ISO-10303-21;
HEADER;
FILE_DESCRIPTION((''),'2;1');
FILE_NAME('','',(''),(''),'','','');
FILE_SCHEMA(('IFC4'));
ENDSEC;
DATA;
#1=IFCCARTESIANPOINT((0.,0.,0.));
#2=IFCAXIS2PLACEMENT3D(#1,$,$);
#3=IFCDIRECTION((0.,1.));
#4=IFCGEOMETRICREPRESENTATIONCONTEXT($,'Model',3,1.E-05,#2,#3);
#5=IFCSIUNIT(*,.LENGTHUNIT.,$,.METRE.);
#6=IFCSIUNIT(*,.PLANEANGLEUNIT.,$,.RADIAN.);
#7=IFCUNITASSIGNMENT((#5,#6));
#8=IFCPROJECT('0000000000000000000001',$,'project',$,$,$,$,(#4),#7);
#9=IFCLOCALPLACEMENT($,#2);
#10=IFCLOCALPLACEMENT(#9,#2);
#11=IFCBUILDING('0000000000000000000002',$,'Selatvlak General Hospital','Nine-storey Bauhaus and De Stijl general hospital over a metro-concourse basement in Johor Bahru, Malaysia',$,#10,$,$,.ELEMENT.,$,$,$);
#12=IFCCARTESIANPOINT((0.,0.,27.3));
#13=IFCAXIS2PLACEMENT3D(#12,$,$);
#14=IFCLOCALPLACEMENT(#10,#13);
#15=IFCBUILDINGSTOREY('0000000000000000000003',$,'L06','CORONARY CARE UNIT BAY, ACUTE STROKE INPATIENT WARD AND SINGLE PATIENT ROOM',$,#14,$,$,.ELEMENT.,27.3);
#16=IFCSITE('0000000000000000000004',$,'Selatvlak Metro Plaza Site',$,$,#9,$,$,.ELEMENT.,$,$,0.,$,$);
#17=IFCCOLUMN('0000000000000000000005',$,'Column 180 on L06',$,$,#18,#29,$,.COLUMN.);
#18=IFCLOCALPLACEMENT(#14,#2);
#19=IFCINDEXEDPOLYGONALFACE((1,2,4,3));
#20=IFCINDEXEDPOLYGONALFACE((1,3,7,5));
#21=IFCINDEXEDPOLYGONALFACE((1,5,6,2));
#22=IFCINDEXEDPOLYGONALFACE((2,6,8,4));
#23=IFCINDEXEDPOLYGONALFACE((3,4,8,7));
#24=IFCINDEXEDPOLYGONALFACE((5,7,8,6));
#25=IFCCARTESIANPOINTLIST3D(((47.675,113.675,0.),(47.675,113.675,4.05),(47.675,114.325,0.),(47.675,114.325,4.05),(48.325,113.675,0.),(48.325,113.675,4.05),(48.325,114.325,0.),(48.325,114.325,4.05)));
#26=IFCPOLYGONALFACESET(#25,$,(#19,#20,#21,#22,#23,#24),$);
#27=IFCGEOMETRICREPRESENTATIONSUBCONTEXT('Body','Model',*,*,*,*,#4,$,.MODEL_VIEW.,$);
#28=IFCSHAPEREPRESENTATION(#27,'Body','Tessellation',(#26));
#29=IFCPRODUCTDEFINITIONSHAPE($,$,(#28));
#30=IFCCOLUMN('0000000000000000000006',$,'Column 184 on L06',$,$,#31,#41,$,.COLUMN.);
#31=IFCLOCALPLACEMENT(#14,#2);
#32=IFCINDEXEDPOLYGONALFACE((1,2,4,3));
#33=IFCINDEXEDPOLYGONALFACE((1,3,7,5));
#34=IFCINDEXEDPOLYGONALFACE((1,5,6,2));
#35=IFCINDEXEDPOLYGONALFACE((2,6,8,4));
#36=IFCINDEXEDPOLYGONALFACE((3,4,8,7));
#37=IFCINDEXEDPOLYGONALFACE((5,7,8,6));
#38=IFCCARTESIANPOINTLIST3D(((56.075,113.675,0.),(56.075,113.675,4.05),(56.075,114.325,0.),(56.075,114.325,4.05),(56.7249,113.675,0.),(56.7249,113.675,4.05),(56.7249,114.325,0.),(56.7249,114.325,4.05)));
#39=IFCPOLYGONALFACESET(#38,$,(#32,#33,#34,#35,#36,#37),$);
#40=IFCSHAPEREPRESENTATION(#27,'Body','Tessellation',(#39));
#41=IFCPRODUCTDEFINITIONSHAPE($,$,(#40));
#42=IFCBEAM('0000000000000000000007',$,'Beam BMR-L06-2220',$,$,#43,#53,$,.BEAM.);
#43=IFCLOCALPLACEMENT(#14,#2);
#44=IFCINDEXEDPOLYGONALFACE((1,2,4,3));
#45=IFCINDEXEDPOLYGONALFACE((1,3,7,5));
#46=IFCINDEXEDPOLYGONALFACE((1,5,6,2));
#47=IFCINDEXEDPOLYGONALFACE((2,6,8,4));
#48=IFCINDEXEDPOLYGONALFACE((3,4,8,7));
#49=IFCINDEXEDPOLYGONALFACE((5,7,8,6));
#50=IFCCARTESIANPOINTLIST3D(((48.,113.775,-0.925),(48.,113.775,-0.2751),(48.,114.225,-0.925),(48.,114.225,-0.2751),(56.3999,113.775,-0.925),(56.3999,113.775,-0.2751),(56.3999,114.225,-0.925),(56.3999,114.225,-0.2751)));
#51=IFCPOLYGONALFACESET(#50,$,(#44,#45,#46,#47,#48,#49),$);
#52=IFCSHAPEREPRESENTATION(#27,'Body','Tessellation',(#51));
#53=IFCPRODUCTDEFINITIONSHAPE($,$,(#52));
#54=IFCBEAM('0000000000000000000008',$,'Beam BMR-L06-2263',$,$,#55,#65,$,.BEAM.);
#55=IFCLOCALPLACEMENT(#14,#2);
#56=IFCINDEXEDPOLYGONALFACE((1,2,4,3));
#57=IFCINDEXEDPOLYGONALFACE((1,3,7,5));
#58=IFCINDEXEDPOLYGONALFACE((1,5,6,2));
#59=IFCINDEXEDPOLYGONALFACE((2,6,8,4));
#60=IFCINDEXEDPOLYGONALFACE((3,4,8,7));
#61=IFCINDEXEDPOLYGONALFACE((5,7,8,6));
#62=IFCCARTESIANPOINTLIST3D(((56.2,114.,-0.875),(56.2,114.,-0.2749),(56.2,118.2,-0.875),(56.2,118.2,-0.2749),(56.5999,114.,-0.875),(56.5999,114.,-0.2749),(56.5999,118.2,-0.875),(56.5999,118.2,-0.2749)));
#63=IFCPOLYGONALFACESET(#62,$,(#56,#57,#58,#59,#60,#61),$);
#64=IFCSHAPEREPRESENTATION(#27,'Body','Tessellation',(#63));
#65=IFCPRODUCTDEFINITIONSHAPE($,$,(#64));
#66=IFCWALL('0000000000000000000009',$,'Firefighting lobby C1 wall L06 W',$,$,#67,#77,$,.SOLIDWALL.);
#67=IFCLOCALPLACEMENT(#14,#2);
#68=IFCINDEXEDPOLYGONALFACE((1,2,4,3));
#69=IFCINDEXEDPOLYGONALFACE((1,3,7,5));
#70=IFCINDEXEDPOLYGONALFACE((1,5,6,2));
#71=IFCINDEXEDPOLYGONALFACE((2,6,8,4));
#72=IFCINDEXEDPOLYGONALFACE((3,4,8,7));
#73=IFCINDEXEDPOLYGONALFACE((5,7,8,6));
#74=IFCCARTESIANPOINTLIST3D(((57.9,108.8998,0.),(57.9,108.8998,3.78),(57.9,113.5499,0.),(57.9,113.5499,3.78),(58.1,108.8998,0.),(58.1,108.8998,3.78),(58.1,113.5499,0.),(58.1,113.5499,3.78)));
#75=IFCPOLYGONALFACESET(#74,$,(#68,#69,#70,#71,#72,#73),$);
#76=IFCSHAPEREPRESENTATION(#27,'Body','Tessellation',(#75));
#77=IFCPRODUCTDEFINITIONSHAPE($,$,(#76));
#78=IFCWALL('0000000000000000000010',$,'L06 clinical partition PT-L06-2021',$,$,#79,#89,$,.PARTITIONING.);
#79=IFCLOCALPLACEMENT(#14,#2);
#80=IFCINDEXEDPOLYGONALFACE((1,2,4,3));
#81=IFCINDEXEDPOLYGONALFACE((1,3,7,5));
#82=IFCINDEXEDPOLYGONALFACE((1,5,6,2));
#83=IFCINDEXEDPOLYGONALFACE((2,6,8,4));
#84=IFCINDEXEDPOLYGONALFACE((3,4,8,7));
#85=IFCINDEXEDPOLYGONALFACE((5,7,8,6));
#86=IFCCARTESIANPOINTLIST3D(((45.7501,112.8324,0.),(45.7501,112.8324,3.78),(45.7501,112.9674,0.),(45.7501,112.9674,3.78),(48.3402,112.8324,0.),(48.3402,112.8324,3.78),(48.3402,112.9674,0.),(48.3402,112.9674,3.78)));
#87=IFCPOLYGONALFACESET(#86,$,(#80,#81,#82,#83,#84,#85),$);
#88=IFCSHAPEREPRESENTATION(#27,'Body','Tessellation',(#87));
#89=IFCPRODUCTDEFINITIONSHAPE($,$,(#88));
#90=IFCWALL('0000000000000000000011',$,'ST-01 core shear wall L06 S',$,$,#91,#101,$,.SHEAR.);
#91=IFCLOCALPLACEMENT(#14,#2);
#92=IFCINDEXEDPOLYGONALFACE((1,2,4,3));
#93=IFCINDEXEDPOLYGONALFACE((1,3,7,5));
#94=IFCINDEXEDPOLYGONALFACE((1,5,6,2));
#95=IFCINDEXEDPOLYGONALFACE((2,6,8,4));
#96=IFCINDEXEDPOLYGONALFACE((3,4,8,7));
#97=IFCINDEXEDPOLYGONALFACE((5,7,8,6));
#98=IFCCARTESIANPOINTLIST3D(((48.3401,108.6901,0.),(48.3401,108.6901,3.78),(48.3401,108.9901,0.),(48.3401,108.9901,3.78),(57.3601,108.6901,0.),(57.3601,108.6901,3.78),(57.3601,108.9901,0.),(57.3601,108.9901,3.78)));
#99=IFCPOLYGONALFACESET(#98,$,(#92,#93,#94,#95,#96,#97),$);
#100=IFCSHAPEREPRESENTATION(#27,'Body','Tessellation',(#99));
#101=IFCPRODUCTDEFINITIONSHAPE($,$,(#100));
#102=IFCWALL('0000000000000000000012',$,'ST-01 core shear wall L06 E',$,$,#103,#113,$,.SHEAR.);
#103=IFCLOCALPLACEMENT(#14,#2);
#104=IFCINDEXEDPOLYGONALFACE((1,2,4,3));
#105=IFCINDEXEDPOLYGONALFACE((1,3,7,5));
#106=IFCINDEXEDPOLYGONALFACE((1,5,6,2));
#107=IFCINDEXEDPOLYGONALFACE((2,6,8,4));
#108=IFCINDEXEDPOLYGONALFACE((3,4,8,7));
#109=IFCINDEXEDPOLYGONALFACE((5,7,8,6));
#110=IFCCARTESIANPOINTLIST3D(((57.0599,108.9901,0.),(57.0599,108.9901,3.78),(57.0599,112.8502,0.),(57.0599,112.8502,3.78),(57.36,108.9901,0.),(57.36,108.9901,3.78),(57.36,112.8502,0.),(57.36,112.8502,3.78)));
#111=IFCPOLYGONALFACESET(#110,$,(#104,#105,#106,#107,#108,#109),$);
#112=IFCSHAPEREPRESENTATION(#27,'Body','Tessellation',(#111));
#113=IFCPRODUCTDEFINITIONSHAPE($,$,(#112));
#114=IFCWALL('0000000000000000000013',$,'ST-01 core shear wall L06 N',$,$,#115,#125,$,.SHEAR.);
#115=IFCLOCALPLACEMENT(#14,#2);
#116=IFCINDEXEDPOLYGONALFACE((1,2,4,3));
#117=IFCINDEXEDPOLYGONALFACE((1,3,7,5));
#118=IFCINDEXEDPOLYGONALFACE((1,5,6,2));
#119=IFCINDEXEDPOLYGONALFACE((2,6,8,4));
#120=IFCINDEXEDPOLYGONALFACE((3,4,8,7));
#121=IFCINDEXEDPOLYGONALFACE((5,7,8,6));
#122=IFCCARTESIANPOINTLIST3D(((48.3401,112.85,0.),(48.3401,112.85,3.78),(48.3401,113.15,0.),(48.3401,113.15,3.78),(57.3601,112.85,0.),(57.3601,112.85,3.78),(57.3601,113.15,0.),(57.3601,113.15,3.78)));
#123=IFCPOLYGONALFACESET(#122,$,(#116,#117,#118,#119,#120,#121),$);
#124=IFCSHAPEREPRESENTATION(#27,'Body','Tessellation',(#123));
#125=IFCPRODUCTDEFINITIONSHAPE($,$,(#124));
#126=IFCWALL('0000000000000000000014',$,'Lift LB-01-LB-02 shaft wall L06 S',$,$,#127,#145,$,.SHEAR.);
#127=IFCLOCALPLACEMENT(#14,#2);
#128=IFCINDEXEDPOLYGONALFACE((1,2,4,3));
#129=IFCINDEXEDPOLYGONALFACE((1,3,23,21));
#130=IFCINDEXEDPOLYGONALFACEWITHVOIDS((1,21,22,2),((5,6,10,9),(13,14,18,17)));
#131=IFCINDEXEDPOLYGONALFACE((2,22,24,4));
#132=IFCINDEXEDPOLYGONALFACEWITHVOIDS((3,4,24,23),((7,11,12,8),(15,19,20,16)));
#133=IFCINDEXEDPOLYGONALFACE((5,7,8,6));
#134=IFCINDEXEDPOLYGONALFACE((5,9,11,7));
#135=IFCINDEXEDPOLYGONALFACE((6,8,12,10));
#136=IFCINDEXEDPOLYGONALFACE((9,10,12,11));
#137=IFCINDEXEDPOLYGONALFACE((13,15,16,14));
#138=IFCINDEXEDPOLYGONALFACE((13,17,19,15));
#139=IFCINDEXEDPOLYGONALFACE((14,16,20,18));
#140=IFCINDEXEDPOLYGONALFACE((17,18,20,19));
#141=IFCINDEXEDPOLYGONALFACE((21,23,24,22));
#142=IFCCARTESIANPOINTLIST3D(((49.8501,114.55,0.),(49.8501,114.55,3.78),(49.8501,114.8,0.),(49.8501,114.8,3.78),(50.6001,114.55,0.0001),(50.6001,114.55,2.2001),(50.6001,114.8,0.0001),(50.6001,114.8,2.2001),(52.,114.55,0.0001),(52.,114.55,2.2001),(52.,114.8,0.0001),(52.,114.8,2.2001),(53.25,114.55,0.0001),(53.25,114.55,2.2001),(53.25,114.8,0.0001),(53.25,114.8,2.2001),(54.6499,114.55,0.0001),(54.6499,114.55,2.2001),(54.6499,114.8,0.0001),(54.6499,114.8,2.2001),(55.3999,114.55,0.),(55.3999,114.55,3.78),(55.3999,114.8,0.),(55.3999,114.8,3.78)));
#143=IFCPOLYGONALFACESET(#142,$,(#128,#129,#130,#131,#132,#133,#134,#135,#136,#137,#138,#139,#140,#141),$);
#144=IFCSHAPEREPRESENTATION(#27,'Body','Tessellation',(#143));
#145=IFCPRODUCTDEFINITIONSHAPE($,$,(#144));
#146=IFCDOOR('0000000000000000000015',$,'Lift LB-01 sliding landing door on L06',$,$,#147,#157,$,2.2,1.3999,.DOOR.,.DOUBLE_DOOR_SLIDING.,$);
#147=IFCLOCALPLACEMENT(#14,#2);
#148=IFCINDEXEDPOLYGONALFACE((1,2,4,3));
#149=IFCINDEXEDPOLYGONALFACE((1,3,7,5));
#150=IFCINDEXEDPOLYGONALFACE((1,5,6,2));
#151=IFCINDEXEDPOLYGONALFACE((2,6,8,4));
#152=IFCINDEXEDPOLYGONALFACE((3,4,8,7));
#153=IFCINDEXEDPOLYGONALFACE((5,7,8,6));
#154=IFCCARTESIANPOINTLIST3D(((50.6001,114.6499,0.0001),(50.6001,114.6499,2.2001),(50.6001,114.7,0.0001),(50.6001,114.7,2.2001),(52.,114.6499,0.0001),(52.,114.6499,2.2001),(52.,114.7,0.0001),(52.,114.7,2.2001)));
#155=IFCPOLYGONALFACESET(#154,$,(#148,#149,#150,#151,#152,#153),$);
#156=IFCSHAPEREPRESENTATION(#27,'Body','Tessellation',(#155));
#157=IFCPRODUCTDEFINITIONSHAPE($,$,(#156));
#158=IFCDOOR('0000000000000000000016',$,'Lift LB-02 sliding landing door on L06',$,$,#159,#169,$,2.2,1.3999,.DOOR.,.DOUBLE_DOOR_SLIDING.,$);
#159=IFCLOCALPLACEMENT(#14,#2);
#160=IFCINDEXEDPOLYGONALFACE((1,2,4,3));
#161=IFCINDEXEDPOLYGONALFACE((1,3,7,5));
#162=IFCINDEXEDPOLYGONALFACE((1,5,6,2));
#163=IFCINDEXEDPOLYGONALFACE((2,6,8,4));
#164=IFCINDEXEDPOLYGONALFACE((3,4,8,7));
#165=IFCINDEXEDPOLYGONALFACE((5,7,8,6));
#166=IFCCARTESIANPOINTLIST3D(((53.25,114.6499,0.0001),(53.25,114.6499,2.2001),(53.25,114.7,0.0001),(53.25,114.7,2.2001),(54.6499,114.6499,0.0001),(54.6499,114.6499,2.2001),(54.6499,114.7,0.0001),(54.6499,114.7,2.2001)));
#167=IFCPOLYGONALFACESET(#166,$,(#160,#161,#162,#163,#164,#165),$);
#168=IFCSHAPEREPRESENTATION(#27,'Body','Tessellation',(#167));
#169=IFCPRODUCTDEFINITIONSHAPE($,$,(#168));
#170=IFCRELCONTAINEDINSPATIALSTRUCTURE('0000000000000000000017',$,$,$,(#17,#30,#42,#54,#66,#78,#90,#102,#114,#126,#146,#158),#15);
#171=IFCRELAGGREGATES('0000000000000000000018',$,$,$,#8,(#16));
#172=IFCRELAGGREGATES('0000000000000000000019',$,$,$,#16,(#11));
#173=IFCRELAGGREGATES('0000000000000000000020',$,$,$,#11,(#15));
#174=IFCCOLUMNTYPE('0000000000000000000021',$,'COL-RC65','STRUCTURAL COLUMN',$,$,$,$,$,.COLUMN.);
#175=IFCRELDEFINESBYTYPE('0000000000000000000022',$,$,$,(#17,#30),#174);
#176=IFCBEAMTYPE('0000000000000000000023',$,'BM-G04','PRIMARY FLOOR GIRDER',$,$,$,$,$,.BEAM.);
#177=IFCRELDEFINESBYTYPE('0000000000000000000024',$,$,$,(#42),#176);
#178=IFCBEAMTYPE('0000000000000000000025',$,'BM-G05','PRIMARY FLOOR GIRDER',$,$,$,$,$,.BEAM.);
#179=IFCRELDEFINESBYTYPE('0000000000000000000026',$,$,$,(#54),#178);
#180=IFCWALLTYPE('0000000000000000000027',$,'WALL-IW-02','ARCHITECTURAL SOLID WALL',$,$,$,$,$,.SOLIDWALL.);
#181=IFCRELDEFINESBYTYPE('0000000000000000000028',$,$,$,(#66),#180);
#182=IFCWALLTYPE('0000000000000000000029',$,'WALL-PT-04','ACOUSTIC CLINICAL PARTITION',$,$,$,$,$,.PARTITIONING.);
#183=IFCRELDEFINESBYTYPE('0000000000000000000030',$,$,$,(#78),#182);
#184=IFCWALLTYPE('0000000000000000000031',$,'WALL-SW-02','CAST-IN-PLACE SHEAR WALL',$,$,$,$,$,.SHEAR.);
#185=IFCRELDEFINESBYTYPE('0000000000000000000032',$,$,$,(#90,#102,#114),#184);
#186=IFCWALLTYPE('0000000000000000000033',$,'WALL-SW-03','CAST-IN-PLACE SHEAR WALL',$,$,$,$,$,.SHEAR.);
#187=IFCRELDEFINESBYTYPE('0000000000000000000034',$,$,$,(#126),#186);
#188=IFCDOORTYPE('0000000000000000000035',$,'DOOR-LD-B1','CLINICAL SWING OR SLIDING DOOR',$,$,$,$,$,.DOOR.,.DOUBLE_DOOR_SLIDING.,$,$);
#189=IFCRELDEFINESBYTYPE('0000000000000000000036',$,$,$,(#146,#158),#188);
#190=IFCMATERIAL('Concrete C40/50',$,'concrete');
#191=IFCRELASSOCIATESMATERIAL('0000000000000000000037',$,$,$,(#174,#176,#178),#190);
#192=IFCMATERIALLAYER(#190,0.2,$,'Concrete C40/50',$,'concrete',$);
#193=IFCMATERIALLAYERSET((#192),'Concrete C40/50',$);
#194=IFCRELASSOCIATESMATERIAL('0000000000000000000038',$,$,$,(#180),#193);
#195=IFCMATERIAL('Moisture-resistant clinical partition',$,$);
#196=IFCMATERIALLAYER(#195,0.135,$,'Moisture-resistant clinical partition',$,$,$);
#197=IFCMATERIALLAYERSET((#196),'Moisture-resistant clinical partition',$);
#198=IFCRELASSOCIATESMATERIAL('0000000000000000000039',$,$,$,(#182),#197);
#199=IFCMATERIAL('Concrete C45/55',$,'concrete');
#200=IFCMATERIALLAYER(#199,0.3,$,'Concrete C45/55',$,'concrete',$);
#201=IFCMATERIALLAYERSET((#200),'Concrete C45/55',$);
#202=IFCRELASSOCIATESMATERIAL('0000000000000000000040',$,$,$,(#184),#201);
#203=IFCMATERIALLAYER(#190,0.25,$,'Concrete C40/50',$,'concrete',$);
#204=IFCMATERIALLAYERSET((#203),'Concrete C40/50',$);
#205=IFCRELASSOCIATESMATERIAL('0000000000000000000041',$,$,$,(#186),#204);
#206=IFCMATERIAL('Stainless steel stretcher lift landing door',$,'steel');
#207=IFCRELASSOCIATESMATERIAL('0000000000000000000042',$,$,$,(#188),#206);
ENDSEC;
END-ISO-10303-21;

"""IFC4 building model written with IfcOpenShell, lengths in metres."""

from ifc_helpers import new_model, si_unit, direction, frame, frame_2d, origin, origin_2d, place, context, subcontext, project, spatial, rectangle, extrude, material, layer, layer_set, material_profile, profile_set, type_object, element, fill, save


model = new_model("IFC4")

# Units and contexts
model_context = context("Model", 3, precision=1e-05, world=origin(), true_north=direction((0.0, 1.0)))
body_context = subcontext(model_context, "Body", "Model", "MODEL_VIEW")
ifc_project = project(units=[si_unit("LENGTHUNIT", "METRE"), si_unit("PLANEANGLEUNIT", "RADIAN")], contexts=[model_context])

# Site, building, storey
site_placement = place(None, origin())
site = spatial("IfcSite", under=ifc_project, at=site_placement, Name="Selatvlak Metro Plaza Site", CompositionType="ELEMENT", RefElevation=0.0)
building_placement = place(site_placement, origin())
building = spatial("IfcBuilding", under=site, at=building_placement, Name="Selatvlak General Hospital", Description="Nine-storey Bauhaus and De Stijl general hospital over a metro-concourse basement in Johor Bahru, Malaysia", CompositionType="ELEMENT")
storey_placement = place(building_placement, frame((0.0, 0.0, 27.3)))
storey = spatial("IfcBuildingStorey", under=building, at=storey_placement, Name="L06", Description="CORONARY CARE UNIT BAY, ACUTE STROKE INPATIENT WARD AND SINGLE PATIENT ROOM", CompositionType="ELEMENT", Elevation=27.3)

# Columns
ifc_material_1 = material(Name="Concrete C40/50", Category="concrete")
ifc_material_profile_1 = material_profile(ifc_material_1, rectangle(XDim=0.6499, YDim=0.6499, at=origin_2d()), Name="RC-COL 650x650")
ifc_profile_set_1 = profile_set([ifc_material_profile_1], Name="Concrete C40/50")
column_type = type_object("IfcColumnType", Name="COL-RC65", Description="STRUCTURAL COLUMN", PredefinedType="COLUMN", material=ifc_profile_set_1)
for number, where, z_axis, x_axis, name in (
    (1, (48.0, 114.0, 0.0), (0.0, 0.0, 1.0), (1.0, 0.0, 0.0), "Column 180 on L06"),
    (2, (56.3999, 114.0, 0.0), (0.0, 0.0, 1.0), (1.0, 0.0, 0.0), "Column 184 on L06"),
):
    element("IfcColumn", number, at=place(storey_placement, frame(where, z_axis=z_axis, x_axis=x_axis)), inside=storey, type_object=column_type, Name=name, PredefinedType="COLUMN", context=body_context, shape_type="SweptSolid", body=[
        extrude(rectangle(XDim=0.6499, YDim=0.6499, at=origin_2d()), origin(), (0.0, 0.0, 1.0), 4.05),
    ])

# Beams
ifc_material_profile_2 = material_profile(ifc_material_1, rectangle(XDim=0.45, YDim=0.6499, at=origin_2d()), Name="RC-BM 450x650")
ifc_profile_set_2 = profile_set([ifc_material_profile_2], Name="Concrete C40/50")
beam_type_1 = type_object("IfcBeamType", Name="BM-G04", Description="PRIMARY FLOOR GIRDER", PredefinedType="BEAM", material=ifc_profile_set_2)
beam_1_placement = place(storey_placement, frame((48.0, 114.0, -0.6001), z_axis=(1.0, 0.0, 0.0), x_axis=(0.0, 1.0, 0.0)))
element("IfcBeam", 3, at=beam_1_placement, inside=storey, type_object=beam_type_1, Name="Beam BMR-L06-2220", PredefinedType="BEAM", context=body_context, shape_type="SweptSolid", body=[
    extrude(rectangle(XDim=0.45, YDim=0.6499, at=origin_2d()), origin(), (0.0, 0.0, 1.0), 8.3999),
])
ifc_material_profile_3 = material_profile(ifc_material_1, rectangle(XDim=0.3999, YDim=0.6001, at=origin_2d()), Name="RC-BM 400x600")
ifc_profile_set_3 = profile_set([ifc_material_profile_3], Name="Concrete C40/50")
beam_type_2 = type_object("IfcBeamType", Name="BM-G05", Description="PRIMARY FLOOR GIRDER", PredefinedType="BEAM", material=ifc_profile_set_3)
beam_2_placement = place(storey_placement, frame((56.3999, 114.0, -0.575), z_axis=(0.0, 1.0, 0.0), x_axis=(-1.0, 0.0, 0.0)))
element("IfcBeam", 4, at=beam_2_placement, inside=storey, type_object=beam_type_2, Name="Beam BMR-L06-2263", PredefinedType="BEAM", context=body_context, shape_type="SweptSolid", body=[
    extrude(rectangle(XDim=0.3999, YDim=0.6001, at=origin_2d()), origin(), (0.0, 0.0, 1.0), 4.2),
])

# Shared definitions
ifc_layer_1 = layer(ifc_material_1, 0.2, Name="Concrete C40/50", Category="concrete")
ifc_layer_set_1 = layer_set([ifc_layer_1], Name="Concrete C40/50")
wall_type_1 = type_object("IfcWallType", Name="WALL-IW-02", Description="ARCHITECTURAL SOLID WALL", PredefinedType="SOLIDWALL", material=ifc_layer_set_1)

# Walls
wall_1_placement = place(storey_placement, frame((58.0, 113.55, 0.0), z_axis=(0.0, 0.0, 1.0), x_axis=(0.0, -1.0, 0.0)))
element("IfcWall", 5, at=wall_1_placement, inside=storey, type_object=wall_type_1, Name="Firefighting lobby C1 wall L06 W", PredefinedType="SOLIDWALL", context=body_context, shape_type="SweptSolid", body=[
    extrude(rectangle(XDim=4.6501, YDim=0.2, at=frame_2d((2.3252, 0.0))), origin(), (0.0, 0.0, 1.0), 3.78),
])
ifc_material_2 = material(Name="Moisture-resistant clinical partition")
ifc_layer_2 = layer(ifc_material_2, 0.135, Name="Moisture-resistant clinical partition")
ifc_layer_set_2 = layer_set([ifc_layer_2], Name="Moisture-resistant clinical partition")
wall_type_2 = type_object("IfcWallType", Name="WALL-PT-04", Description="ACOUSTIC CLINICAL PARTITION", PredefinedType="PARTITIONING", material=ifc_layer_set_2)
wall_2_placement = place(storey_placement, frame((48.3401, 112.8999, 0.0), z_axis=(0.0, 0.0, 1.0), x_axis=(-1.0, 0.0, 0.0)))
element("IfcWall", 6, at=wall_2_placement, inside=storey, type_object=wall_type_2, Name="L06 clinical partition PT-L06-2021", PredefinedType="PARTITIONING", context=body_context, shape_type="SweptSolid", body=[
    extrude(rectangle(XDim=2.5901, YDim=0.135, at=frame_2d((1.2949, 0.0))), origin(), (0.0, 0.0, 1.0), 3.78),
])
ifc_material_3 = material(Name="Concrete C45/55", Category="concrete")
ifc_layer_3 = layer(ifc_material_3, 0.3, Name="Concrete C45/55", Category="concrete")
ifc_layer_set_3 = layer_set([ifc_layer_3], Name="Concrete C45/55")
wall_type_3 = type_object("IfcWallType", Name="WALL-SW-02", Description="CAST-IN-PLACE SHEAR WALL", PredefinedType="SHEAR", material=ifc_layer_set_3)
wall_3_placement = place(storey_placement, frame((48.3401, 108.8401, 0.0), z_axis=(0.0, 0.0, 1.0), x_axis=(1.0, 0.0, 0.0)))
element("IfcWall", 7, at=wall_3_placement, inside=storey, type_object=wall_type_3, Name="ST-01 core shear wall L06 S", PredefinedType="SHEAR", context=body_context, shape_type="SweptSolid", body=[
    extrude(rectangle(XDim=9.02, YDim=0.3, at=frame_2d((4.51, 0.0))), origin(), (0.0, 0.0, 1.0), 3.78),
])
wall_4_placement = place(storey_placement, frame((57.21, 108.99, 0.0), z_axis=(0.0, 0.0, 1.0), x_axis=(0.0, 1.0, 0.0)))
element("IfcWall", 8, at=wall_4_placement, inside=storey, type_object=wall_type_3, Name="ST-01 core shear wall L06 E", PredefinedType="SHEAR", context=body_context, shape_type="SweptSolid", body=[
    extrude(rectangle(XDim=3.8601, YDim=0.3, at=frame_2d((1.9302, 0.0))), origin(), (0.0, 0.0, 1.0), 3.78),
])
wall_5_placement = place(storey_placement, frame((57.3601, 113.0, 0.0), z_axis=(0.0, 0.0, 1.0), x_axis=(-1.0, 0.0, 0.0)))
element("IfcWall", 9, at=wall_5_placement, inside=storey, type_object=wall_type_3, Name="ST-01 core shear wall L06 N", PredefinedType="SHEAR", context=body_context, shape_type="SweptSolid", body=[
    extrude(rectangle(XDim=9.02, YDim=0.3, at=frame_2d((4.51, 0.0))), origin(), (0.0, 0.0, 1.0), 3.78),
])

# Shared definitions
ifc_layer_4 = layer(ifc_material_1, 0.25, Name="Concrete C40/50", Category="concrete")
ifc_layer_set_4 = layer_set([ifc_layer_4], Name="Concrete C40/50")
wall_type_4 = type_object("IfcWallType", Name="WALL-SW-03", Description="CAST-IN-PLACE SHEAR WALL", PredefinedType="SHEAR", material=ifc_layer_set_4)

# Wall, openings, doors
wall_6_placement = place(storey_placement, frame((49.8501, 114.675, 0.0), z_axis=(0.0, 0.0, 1.0), x_axis=(1.0, 0.0, 0.0)))
wall_6 = element("IfcWall", 10, at=wall_6_placement, inside=storey, type_object=wall_type_4, Name="Lift LB-01-LB-02 shaft wall L06 S", PredefinedType="SHEAR", context=body_context, shape_type="SweptSolid", body=[
    extrude(rectangle(XDim=5.5498, YDim=0.25, at=frame_2d((2.7749, 0.0))), origin(), (0.0, 0.0, 1.0), 3.78),
])
opening_1_placement = place(wall_6_placement, frame((0.75, 0.0, 0.0)))
opening_1 = element("IfcOpeningElement", 11, at=opening_1_placement, cuts=wall_6, PredefinedType="OPENING", context=body_context, shape_type="SweptSolid", body=[
    extrude(rectangle(XDim=1.3999, YDim=2.2, at=frame_2d((0.7, 1.1001))), frame((0.0, 0.135, 0.0), z_axis=(0.0, -1.0, 0.0), x_axis=(1.0, 0.0, 0.0)), (0.0, 0.0, 1.0), 0.27),
])
opening_2_placement = place(wall_6_placement, frame((3.3999, 0.0, 0.0)))
opening_2 = element("IfcOpeningElement", 12, at=opening_2_placement, cuts=wall_6, PredefinedType="OPENING", context=body_context, shape_type="SweptSolid", body=[
    extrude(rectangle(XDim=1.3999, YDim=2.2, at=frame_2d((0.7, 1.1001))), frame((0.0, 0.135, 0.0), z_axis=(0.0, -1.0, 0.0), x_axis=(1.0, 0.0, 0.0)), (0.0, 0.0, 1.0), 0.27),
])
ifc_material_4 = material(Name="Stainless steel stretcher lift landing door", Category="steel")
door_type_1 = type_object("IfcDoorType", Name="DOOR-LD-B1", Description="CLINICAL SWING OR SLIDING DOOR", OperationType="DOUBLE_DOOR_SLIDING", PredefinedType="DOOR", material=ifc_material_4)
door_1_placement = place(opening_1_placement, origin())
door_1 = element("IfcDoor", 13, at=door_1_placement, inside=storey, type_object=door_type_1, Name="Lift LB-01 sliding landing door on L06", OperationType="DOUBLE_DOOR_SLIDING", OverallHeight=2.2, OverallWidth=1.3999, PredefinedType="DOOR", context=body_context, shape_type="SweptSolid", body=[
    extrude(rectangle(XDim=1.3999, YDim=2.2, at=frame_2d((0.7, 1.1001))), frame((0.0, 0.0249, 0.0), z_axis=(0.0, -1.0, 0.0), x_axis=(1.0, 0.0, 0.0)), (0.0, 0.0, 1.0), 0.05),
])
fill(opening_1, door_1)
door_2_placement = place(opening_2_placement, origin())
door_2 = element("IfcDoor", 14, at=door_2_placement, inside=storey, type_object=door_type_1, Name="Lift LB-02 sliding landing door on L06", OperationType="DOUBLE_DOOR_SLIDING", OverallHeight=2.2, OverallWidth=1.3999, PredefinedType="DOOR", context=body_context, shape_type="SweptSolid", body=[
    extrude(rectangle(XDim=1.3999, YDim=2.2, at=frame_2d((0.7, 1.1001))), frame((0.0, 0.0249, 0.0), z_axis=(0.0, -1.0, 0.0), x_axis=(1.0, 0.0, 0.0)), (0.0, 0.0, 1.0), 0.05),
])
fill(opening_2, door_2)

save(model, "model.ifc")
